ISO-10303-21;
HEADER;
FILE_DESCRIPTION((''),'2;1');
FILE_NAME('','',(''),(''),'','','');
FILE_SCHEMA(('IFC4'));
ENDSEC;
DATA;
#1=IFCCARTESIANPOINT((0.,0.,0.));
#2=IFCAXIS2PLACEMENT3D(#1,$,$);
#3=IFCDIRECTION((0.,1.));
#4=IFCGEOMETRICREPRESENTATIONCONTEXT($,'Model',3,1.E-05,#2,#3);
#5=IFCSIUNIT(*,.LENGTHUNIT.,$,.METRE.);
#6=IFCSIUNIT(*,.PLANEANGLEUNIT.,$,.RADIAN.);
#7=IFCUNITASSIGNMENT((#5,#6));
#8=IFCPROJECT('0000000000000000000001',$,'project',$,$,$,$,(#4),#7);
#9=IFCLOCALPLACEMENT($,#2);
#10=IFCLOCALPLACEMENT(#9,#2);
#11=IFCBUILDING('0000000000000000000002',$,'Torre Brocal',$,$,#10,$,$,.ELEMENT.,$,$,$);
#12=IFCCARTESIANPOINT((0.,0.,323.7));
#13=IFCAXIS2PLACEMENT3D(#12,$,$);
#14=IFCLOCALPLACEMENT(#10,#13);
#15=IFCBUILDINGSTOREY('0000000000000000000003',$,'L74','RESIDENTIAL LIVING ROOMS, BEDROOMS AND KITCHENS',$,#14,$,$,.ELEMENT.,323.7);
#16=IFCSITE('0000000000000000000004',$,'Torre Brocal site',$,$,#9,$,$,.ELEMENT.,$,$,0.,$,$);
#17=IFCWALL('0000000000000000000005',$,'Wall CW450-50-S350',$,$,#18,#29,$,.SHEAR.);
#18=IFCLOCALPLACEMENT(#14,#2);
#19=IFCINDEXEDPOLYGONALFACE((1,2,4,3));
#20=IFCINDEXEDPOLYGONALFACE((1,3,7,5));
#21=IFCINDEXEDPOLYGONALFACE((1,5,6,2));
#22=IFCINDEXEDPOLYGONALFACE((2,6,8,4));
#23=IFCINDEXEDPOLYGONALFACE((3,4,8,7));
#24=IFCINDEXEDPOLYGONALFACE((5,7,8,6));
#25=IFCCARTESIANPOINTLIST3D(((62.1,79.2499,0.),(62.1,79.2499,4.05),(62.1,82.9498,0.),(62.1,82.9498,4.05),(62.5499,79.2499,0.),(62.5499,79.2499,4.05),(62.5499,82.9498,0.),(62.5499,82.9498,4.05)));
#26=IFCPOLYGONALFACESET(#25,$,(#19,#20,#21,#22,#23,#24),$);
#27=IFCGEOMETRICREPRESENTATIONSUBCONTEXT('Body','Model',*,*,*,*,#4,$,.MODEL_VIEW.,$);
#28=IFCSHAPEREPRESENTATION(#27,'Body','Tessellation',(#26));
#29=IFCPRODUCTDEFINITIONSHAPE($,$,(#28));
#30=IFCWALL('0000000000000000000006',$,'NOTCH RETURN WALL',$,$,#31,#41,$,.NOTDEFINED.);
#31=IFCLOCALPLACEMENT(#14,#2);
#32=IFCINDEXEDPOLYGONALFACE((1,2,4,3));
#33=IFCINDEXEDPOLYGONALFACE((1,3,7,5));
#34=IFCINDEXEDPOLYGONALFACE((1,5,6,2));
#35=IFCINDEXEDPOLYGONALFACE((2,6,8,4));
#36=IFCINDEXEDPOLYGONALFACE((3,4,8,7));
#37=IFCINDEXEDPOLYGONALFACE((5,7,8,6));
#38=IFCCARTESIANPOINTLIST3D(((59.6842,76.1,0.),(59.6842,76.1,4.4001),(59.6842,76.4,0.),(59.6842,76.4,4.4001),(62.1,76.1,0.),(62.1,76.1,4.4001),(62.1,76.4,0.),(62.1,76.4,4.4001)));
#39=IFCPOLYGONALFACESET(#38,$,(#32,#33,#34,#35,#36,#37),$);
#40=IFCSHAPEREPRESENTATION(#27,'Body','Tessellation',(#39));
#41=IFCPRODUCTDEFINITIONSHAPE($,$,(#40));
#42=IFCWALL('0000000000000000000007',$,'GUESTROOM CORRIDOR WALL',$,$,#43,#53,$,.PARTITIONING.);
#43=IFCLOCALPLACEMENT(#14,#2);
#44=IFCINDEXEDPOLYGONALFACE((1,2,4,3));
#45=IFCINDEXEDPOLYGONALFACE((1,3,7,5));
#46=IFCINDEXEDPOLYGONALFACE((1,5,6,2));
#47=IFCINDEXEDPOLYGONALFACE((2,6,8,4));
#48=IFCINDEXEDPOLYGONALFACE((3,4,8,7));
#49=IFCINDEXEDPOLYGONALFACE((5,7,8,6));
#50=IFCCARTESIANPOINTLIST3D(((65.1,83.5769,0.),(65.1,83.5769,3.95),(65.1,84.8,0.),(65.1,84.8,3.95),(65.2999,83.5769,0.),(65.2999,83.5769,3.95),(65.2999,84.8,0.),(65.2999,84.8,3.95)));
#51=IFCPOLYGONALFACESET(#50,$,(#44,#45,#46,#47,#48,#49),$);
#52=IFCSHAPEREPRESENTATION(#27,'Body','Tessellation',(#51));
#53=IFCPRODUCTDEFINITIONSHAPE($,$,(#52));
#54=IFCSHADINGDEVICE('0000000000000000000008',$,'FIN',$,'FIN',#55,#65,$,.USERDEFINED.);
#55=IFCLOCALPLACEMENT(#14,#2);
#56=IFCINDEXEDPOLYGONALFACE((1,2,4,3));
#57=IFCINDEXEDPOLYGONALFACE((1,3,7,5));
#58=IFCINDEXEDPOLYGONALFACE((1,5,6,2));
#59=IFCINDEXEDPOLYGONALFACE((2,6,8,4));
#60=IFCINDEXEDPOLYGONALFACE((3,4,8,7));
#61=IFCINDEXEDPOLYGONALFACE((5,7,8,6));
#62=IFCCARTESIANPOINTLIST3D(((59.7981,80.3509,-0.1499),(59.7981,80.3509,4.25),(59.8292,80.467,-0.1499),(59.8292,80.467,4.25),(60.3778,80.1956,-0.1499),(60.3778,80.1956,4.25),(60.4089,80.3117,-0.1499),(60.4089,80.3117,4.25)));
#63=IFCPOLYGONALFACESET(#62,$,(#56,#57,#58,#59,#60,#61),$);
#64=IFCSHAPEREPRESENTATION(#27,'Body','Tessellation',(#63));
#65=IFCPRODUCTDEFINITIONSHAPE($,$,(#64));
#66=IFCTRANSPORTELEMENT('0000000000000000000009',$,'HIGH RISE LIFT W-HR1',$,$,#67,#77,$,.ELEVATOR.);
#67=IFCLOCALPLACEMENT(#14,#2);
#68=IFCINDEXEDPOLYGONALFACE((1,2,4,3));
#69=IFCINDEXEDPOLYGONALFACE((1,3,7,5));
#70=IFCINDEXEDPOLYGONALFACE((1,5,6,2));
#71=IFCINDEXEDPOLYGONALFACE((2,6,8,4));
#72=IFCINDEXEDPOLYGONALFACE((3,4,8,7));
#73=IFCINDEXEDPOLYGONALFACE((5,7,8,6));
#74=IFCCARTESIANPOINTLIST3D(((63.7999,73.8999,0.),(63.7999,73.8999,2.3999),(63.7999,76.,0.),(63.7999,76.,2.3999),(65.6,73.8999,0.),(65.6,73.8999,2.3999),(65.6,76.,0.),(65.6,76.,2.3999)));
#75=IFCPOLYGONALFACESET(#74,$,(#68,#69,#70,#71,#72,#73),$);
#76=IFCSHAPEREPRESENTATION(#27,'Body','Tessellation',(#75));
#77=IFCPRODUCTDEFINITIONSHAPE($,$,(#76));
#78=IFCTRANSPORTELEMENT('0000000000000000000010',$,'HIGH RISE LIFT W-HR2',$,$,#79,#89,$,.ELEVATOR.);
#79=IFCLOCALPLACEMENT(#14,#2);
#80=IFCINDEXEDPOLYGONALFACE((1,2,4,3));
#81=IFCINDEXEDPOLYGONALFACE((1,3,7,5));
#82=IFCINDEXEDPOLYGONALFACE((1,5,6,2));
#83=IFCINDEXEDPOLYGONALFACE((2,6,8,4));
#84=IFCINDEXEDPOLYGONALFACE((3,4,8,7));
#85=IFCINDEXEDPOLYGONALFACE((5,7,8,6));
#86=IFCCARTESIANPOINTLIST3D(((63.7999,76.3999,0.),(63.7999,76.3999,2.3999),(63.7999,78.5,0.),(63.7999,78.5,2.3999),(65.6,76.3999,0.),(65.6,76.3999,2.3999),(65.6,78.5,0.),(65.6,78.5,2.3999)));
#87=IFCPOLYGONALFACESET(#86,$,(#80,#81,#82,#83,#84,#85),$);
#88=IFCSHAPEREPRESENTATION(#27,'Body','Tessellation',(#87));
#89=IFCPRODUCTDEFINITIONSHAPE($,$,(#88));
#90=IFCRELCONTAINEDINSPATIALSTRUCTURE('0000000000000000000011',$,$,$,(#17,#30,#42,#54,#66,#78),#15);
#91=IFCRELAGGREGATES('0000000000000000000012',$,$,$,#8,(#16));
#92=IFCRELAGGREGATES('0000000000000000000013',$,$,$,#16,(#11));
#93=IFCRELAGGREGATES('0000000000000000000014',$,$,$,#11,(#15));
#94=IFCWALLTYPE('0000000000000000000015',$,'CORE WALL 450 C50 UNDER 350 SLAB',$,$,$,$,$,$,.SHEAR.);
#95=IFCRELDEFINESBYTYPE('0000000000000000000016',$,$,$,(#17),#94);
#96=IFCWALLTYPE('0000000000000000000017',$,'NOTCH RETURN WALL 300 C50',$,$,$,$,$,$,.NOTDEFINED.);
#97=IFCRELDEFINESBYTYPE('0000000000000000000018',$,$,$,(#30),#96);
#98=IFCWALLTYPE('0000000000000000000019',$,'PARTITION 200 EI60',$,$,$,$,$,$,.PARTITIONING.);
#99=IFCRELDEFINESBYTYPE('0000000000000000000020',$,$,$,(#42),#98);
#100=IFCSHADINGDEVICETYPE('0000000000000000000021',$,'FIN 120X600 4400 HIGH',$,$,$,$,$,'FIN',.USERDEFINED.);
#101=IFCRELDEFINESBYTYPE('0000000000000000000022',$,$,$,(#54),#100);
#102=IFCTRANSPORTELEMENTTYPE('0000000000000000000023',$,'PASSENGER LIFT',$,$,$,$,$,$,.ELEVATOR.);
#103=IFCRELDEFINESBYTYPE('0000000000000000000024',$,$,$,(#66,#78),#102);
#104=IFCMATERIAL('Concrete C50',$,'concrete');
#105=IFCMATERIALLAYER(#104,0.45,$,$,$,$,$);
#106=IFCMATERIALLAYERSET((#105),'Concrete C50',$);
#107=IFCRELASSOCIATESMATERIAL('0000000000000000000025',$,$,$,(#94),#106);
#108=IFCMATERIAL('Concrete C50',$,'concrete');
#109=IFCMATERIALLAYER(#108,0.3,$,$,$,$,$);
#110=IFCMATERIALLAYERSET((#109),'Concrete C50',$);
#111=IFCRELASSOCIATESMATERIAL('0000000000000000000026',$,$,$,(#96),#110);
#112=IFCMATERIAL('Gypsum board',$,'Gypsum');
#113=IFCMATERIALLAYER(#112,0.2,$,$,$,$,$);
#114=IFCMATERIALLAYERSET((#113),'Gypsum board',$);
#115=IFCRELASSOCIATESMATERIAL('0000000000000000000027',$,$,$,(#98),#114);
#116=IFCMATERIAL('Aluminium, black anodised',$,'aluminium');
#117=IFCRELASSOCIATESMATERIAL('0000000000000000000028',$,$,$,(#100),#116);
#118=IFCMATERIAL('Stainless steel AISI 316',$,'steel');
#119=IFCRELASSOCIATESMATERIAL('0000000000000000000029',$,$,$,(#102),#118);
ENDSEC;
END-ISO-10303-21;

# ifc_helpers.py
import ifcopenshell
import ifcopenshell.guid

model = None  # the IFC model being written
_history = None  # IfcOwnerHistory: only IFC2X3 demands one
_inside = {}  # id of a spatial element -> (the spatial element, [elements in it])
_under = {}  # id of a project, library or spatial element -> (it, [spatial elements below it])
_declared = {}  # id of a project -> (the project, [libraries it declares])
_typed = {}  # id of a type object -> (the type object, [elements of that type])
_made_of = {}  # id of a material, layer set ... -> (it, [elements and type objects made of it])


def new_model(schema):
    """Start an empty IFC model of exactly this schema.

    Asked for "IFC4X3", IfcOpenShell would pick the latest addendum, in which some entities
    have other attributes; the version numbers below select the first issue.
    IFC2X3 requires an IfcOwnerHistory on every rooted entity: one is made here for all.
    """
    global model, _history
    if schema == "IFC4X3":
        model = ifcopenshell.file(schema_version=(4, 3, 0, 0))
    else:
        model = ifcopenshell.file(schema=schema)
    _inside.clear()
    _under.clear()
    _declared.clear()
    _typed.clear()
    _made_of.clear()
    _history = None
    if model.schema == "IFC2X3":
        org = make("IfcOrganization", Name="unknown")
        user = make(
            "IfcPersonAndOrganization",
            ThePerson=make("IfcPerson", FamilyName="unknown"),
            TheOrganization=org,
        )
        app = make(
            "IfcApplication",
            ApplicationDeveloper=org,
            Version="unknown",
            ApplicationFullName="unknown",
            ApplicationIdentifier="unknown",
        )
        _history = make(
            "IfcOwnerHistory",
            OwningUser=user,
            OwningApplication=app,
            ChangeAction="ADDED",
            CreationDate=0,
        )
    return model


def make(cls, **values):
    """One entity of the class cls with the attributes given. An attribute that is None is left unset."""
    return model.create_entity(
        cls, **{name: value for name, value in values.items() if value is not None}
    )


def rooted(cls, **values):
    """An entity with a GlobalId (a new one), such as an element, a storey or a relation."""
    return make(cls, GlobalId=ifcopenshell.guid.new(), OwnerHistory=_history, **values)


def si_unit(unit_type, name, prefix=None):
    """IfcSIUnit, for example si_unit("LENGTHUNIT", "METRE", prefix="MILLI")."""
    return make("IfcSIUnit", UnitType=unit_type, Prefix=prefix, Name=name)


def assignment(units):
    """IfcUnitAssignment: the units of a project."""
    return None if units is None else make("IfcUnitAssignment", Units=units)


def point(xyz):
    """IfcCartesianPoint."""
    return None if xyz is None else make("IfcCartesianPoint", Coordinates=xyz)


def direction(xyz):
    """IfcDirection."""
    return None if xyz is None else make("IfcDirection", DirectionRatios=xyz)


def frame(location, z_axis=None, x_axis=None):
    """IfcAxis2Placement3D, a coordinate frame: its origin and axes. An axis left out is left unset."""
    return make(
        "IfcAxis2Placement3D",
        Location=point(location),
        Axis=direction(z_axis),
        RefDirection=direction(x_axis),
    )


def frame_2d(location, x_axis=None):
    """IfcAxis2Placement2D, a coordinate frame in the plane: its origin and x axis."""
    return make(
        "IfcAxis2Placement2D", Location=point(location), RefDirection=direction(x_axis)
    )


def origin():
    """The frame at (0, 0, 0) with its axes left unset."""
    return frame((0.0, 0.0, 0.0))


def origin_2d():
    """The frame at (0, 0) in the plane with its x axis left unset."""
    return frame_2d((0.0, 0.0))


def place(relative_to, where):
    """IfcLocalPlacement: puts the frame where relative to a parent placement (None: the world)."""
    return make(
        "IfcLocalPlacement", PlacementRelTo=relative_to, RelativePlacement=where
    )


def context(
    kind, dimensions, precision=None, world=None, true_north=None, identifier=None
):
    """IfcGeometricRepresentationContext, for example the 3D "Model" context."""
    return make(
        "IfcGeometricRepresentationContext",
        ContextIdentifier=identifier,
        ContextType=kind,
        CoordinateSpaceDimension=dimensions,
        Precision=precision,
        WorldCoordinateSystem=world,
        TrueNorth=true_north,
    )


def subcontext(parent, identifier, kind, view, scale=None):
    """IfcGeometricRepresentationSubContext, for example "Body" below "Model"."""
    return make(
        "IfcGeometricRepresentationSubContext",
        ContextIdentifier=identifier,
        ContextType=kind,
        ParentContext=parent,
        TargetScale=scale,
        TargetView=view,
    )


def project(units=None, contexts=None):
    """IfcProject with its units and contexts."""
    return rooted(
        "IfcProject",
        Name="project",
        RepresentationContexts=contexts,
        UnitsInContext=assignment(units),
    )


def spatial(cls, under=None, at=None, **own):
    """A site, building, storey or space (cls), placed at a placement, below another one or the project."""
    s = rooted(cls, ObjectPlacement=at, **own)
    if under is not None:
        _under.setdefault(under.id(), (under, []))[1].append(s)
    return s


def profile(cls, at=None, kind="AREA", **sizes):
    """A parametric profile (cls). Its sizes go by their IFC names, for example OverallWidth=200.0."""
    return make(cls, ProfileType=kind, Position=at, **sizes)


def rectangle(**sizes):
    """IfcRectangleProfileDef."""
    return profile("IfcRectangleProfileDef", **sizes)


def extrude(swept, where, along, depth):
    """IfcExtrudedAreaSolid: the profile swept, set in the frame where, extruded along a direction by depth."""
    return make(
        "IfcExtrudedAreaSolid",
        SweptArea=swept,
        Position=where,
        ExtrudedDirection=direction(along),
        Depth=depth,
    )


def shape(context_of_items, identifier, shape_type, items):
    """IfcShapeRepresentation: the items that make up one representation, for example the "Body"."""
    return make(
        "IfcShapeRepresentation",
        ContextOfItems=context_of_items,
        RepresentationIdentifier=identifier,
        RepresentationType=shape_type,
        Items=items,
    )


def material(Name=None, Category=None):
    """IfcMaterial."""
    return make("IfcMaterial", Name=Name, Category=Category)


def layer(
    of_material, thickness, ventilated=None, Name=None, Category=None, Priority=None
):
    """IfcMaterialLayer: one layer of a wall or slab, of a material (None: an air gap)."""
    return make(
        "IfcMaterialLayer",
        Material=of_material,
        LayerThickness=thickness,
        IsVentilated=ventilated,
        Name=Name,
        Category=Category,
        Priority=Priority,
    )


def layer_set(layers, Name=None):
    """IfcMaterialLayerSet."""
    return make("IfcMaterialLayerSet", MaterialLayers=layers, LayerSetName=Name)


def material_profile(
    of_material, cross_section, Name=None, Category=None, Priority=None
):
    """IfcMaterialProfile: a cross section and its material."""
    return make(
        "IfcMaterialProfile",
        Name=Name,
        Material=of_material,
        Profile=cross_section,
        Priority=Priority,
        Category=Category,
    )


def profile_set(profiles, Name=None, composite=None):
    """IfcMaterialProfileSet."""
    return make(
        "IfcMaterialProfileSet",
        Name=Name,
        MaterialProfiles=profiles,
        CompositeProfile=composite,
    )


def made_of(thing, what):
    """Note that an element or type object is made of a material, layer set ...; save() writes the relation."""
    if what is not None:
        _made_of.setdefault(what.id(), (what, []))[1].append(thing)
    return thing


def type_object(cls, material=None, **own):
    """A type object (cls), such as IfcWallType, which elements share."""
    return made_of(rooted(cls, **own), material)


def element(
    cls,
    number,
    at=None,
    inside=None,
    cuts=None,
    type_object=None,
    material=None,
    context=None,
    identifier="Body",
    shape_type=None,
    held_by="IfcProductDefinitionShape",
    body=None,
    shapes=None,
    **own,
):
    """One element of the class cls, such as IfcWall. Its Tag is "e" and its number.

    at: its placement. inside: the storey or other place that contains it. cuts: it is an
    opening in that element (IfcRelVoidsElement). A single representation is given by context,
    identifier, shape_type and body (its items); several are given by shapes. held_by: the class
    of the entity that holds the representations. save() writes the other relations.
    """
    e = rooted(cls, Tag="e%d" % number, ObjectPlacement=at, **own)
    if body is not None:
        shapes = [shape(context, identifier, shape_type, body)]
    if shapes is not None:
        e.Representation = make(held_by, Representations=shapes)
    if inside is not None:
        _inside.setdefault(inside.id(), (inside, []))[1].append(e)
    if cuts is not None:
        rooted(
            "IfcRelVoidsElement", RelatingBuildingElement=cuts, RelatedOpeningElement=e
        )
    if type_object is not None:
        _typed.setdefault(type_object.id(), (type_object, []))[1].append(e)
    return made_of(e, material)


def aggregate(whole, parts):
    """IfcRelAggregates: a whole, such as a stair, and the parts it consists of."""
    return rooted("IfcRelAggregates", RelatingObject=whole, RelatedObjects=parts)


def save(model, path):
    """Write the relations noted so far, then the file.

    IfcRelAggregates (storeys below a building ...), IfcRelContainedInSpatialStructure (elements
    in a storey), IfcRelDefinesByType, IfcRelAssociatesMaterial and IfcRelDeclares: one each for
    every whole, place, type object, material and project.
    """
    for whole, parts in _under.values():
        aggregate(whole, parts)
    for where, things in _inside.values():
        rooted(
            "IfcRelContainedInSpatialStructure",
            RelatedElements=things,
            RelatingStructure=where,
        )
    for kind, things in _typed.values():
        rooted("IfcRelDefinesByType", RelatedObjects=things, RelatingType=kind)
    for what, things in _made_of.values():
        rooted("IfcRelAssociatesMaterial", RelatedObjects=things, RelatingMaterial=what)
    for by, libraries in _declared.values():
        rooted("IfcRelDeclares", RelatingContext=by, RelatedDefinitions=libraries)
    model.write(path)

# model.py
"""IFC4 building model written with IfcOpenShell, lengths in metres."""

from ifc_helpers import new_model, si_unit, direction, frame, frame_2d, origin, origin_2d, place, context, subcontext, project, spatial, rectangle, extrude, material, layer, layer_set, material_profile, profile_set, type_object, element, save


model = new_model("IFC4")

# Units and contexts
model_context = context("Model", 3, precision=1e-05, world=origin(), true_north=direction((0.0, 1.0)))
body_context = subcontext(model_context, "Body", "Model", "MODEL_VIEW")
ifc_project = project(units=[si_unit("LENGTHUNIT", "METRE"), si_unit("PLANEANGLEUNIT", "RADIAN")], contexts=[model_context])

# Site, building, storey
site_placement = place(None, origin())
site = spatial("IfcSite", under=ifc_project, at=site_placement, Name="Torre Brocal site", CompositionType="ELEMENT", RefElevation=0.0)
building_placement = place(site_placement, origin())
building = spatial("IfcBuilding", under=site, at=building_placement, Name="Torre Brocal", CompositionType="ELEMENT")
storey_placement = place(building_placement, frame((0.0, 0.0, 323.7)))
storey = spatial("IfcBuildingStorey", under=building, at=storey_placement, Name="L74", Description="RESIDENTIAL LIVING ROOMS, BEDROOMS AND KITCHENS", CompositionType="ELEMENT", Elevation=323.7)

# Walls
ifc_material_1 = material(Name="Concrete C50", Category="concrete")
ifc_layer_1 = layer(ifc_material_1, 0.45)
ifc_layer_set_1 = layer_set([ifc_layer_1], Name="Concrete C50")
wall_type_1 = type_object("IfcWallType", Name="CORE WALL 450 C50 UNDER 350 SLAB", PredefinedType="SHEAR", material=ifc_layer_set_1)
wall_1_placement = place(storey_placement, frame((62.325, 82.95, 0.0), z_axis=(0.0, 0.0, 1.0), x_axis=(0.0, -1.0, 0.0)))
element("IfcWall", 1, at=wall_1_placement, inside=storey, type_object=wall_type_1, Name="Wall CW450-50-S350", PredefinedType="SHEAR", context=body_context, shape_type="SweptSolid", body=[
    extrude(rectangle(XDim=3.7, YDim=0.45, at=frame_2d((1.8501, 0.0))), origin(), (0.0, 0.0, 1.0), 4.05),
])
ifc_material_2 = material(Name="Concrete C50", Category="concrete")
ifc_layer_2 = layer(ifc_material_2, 0.3)
ifc_layer_set_2 = layer_set([ifc_layer_2], Name="Concrete C50")
wall_type_2 = type_object("IfcWallType", Name="NOTCH RETURN WALL 300 C50", PredefinedType="NOTDEFINED", material=ifc_layer_set_2)
wall_2_placement = place(storey_placement, frame((62.1001, 76.25, 0.0), z_axis=(0.0, 0.0, 1.0), x_axis=(-1.0, 0.0, 0.0)))
element("IfcWall", 2, at=wall_2_placement, inside=storey, type_object=wall_type_2, Name="NOTCH RETURN WALL", PredefinedType="NOTDEFINED", context=body_context, shape_type="SweptSolid", body=[
    extrude(rectangle(XDim=2.4158, YDim=0.3, at=frame_2d((1.208, 0.0))), origin(), (0.0, 0.0, 1.0), 4.4001),
])
ifc_material_3 = material(Name="Gypsum board", Category="Gypsum")
ifc_layer_3 = layer(ifc_material_3, 0.2)
ifc_layer_set_3 = layer_set([ifc_layer_3], Name="Gypsum board")
wall_type_3 = type_object("IfcWallType", Name="PARTITION 200 EI60", PredefinedType="PARTITIONING", material=ifc_layer_set_3)
wall_3_placement = place(storey_placement, frame((65.2, 83.5769, 0.0), z_axis=(0.0, 0.0, 1.0), x_axis=(0.0, 1.0, 0.0)))
element("IfcWall", 3, at=wall_3_placement, inside=storey, type_object=wall_type_3, Name="GUESTROOM CORRIDOR WALL", PredefinedType="PARTITIONING", context=body_context, shape_type="SweptSolid", body=[
    extrude(rectangle(XDim=1.2231, YDim=0.2, at=frame_2d((0.6116, 0.0))), origin(), (0.0, 0.0, 1.0), 3.95),
])

# Shading device
ifc_material_4 = material(Name="Aluminium, black anodised", Category="aluminium")
ifc_material_profile_1 = material_profile(ifc_material_4, rectangle(XDim=0.1201, YDim=0.6001, at=origin_2d()), Name="FIN 120X600 4400 HIGH")
ifc_profile_set_1 = profile_set([ifc_material_profile_1], Name="Aluminium, black anodised")
shading_device_type = type_object("IfcShadingDeviceType", Name="FIN 120X600 4400 HIGH", ElementType="FIN", PredefinedType="USERDEFINED", material=ifc_profile_set_1)
shading_device_placement = place(storey_placement, frame((60.1035, 80.3313, -0.1499), z_axis=(0.0, 0.0, 1.0), x_axis=(-0.258819, -0.965926, 0.0)))
element("IfcShadingDevice", 4, at=shading_device_placement, inside=storey, type_object=shading_device_type, Name="FIN", ObjectType="FIN", PredefinedType="USERDEFINED", context=body_context, shape_type="SweptSolid", body=[
    extrude(rectangle(XDim=0.1201, YDim=0.6001, at=origin_2d()), origin(), (0.0, 0.0, 1.0), 4.3999),
])

# Transport elements
ifc_material_5 = material(Name="Stainless steel AISI 316", Category="steel")
transport_element_type = type_object("IfcTransportElementType", Name="PASSENGER LIFT", PredefinedType="ELEVATOR", material=ifc_material_5)
for number, where, z_axis, x_axis, name in (
    (5, (64.7, 74.95, 0.0), (0.0, 0.0, 1.0), (1.0, 0.0, 0.0), "HIGH RISE LIFT W-HR1"),
    (6, (64.7, 77.45, 0.0), (0.0, 0.0, 1.0), (1.0, 0.0, 0.0), "HIGH RISE LIFT W-HR2"),
):
    element("IfcTransportElement", number, at=place(storey_placement, frame(where, z_axis=z_axis, x_axis=x_axis)), inside=storey, type_object=transport_element_type, Name=name, PredefinedType="ELEVATOR", context=body_context, shape_type="SweptSolid", body=[
        extrude(rectangle(XDim=1.8, YDim=2.1001, at=origin_2d()), origin(), (0.0, 0.0, 1.0), 2.3999),
    ])

save(model, "model.ifc")
